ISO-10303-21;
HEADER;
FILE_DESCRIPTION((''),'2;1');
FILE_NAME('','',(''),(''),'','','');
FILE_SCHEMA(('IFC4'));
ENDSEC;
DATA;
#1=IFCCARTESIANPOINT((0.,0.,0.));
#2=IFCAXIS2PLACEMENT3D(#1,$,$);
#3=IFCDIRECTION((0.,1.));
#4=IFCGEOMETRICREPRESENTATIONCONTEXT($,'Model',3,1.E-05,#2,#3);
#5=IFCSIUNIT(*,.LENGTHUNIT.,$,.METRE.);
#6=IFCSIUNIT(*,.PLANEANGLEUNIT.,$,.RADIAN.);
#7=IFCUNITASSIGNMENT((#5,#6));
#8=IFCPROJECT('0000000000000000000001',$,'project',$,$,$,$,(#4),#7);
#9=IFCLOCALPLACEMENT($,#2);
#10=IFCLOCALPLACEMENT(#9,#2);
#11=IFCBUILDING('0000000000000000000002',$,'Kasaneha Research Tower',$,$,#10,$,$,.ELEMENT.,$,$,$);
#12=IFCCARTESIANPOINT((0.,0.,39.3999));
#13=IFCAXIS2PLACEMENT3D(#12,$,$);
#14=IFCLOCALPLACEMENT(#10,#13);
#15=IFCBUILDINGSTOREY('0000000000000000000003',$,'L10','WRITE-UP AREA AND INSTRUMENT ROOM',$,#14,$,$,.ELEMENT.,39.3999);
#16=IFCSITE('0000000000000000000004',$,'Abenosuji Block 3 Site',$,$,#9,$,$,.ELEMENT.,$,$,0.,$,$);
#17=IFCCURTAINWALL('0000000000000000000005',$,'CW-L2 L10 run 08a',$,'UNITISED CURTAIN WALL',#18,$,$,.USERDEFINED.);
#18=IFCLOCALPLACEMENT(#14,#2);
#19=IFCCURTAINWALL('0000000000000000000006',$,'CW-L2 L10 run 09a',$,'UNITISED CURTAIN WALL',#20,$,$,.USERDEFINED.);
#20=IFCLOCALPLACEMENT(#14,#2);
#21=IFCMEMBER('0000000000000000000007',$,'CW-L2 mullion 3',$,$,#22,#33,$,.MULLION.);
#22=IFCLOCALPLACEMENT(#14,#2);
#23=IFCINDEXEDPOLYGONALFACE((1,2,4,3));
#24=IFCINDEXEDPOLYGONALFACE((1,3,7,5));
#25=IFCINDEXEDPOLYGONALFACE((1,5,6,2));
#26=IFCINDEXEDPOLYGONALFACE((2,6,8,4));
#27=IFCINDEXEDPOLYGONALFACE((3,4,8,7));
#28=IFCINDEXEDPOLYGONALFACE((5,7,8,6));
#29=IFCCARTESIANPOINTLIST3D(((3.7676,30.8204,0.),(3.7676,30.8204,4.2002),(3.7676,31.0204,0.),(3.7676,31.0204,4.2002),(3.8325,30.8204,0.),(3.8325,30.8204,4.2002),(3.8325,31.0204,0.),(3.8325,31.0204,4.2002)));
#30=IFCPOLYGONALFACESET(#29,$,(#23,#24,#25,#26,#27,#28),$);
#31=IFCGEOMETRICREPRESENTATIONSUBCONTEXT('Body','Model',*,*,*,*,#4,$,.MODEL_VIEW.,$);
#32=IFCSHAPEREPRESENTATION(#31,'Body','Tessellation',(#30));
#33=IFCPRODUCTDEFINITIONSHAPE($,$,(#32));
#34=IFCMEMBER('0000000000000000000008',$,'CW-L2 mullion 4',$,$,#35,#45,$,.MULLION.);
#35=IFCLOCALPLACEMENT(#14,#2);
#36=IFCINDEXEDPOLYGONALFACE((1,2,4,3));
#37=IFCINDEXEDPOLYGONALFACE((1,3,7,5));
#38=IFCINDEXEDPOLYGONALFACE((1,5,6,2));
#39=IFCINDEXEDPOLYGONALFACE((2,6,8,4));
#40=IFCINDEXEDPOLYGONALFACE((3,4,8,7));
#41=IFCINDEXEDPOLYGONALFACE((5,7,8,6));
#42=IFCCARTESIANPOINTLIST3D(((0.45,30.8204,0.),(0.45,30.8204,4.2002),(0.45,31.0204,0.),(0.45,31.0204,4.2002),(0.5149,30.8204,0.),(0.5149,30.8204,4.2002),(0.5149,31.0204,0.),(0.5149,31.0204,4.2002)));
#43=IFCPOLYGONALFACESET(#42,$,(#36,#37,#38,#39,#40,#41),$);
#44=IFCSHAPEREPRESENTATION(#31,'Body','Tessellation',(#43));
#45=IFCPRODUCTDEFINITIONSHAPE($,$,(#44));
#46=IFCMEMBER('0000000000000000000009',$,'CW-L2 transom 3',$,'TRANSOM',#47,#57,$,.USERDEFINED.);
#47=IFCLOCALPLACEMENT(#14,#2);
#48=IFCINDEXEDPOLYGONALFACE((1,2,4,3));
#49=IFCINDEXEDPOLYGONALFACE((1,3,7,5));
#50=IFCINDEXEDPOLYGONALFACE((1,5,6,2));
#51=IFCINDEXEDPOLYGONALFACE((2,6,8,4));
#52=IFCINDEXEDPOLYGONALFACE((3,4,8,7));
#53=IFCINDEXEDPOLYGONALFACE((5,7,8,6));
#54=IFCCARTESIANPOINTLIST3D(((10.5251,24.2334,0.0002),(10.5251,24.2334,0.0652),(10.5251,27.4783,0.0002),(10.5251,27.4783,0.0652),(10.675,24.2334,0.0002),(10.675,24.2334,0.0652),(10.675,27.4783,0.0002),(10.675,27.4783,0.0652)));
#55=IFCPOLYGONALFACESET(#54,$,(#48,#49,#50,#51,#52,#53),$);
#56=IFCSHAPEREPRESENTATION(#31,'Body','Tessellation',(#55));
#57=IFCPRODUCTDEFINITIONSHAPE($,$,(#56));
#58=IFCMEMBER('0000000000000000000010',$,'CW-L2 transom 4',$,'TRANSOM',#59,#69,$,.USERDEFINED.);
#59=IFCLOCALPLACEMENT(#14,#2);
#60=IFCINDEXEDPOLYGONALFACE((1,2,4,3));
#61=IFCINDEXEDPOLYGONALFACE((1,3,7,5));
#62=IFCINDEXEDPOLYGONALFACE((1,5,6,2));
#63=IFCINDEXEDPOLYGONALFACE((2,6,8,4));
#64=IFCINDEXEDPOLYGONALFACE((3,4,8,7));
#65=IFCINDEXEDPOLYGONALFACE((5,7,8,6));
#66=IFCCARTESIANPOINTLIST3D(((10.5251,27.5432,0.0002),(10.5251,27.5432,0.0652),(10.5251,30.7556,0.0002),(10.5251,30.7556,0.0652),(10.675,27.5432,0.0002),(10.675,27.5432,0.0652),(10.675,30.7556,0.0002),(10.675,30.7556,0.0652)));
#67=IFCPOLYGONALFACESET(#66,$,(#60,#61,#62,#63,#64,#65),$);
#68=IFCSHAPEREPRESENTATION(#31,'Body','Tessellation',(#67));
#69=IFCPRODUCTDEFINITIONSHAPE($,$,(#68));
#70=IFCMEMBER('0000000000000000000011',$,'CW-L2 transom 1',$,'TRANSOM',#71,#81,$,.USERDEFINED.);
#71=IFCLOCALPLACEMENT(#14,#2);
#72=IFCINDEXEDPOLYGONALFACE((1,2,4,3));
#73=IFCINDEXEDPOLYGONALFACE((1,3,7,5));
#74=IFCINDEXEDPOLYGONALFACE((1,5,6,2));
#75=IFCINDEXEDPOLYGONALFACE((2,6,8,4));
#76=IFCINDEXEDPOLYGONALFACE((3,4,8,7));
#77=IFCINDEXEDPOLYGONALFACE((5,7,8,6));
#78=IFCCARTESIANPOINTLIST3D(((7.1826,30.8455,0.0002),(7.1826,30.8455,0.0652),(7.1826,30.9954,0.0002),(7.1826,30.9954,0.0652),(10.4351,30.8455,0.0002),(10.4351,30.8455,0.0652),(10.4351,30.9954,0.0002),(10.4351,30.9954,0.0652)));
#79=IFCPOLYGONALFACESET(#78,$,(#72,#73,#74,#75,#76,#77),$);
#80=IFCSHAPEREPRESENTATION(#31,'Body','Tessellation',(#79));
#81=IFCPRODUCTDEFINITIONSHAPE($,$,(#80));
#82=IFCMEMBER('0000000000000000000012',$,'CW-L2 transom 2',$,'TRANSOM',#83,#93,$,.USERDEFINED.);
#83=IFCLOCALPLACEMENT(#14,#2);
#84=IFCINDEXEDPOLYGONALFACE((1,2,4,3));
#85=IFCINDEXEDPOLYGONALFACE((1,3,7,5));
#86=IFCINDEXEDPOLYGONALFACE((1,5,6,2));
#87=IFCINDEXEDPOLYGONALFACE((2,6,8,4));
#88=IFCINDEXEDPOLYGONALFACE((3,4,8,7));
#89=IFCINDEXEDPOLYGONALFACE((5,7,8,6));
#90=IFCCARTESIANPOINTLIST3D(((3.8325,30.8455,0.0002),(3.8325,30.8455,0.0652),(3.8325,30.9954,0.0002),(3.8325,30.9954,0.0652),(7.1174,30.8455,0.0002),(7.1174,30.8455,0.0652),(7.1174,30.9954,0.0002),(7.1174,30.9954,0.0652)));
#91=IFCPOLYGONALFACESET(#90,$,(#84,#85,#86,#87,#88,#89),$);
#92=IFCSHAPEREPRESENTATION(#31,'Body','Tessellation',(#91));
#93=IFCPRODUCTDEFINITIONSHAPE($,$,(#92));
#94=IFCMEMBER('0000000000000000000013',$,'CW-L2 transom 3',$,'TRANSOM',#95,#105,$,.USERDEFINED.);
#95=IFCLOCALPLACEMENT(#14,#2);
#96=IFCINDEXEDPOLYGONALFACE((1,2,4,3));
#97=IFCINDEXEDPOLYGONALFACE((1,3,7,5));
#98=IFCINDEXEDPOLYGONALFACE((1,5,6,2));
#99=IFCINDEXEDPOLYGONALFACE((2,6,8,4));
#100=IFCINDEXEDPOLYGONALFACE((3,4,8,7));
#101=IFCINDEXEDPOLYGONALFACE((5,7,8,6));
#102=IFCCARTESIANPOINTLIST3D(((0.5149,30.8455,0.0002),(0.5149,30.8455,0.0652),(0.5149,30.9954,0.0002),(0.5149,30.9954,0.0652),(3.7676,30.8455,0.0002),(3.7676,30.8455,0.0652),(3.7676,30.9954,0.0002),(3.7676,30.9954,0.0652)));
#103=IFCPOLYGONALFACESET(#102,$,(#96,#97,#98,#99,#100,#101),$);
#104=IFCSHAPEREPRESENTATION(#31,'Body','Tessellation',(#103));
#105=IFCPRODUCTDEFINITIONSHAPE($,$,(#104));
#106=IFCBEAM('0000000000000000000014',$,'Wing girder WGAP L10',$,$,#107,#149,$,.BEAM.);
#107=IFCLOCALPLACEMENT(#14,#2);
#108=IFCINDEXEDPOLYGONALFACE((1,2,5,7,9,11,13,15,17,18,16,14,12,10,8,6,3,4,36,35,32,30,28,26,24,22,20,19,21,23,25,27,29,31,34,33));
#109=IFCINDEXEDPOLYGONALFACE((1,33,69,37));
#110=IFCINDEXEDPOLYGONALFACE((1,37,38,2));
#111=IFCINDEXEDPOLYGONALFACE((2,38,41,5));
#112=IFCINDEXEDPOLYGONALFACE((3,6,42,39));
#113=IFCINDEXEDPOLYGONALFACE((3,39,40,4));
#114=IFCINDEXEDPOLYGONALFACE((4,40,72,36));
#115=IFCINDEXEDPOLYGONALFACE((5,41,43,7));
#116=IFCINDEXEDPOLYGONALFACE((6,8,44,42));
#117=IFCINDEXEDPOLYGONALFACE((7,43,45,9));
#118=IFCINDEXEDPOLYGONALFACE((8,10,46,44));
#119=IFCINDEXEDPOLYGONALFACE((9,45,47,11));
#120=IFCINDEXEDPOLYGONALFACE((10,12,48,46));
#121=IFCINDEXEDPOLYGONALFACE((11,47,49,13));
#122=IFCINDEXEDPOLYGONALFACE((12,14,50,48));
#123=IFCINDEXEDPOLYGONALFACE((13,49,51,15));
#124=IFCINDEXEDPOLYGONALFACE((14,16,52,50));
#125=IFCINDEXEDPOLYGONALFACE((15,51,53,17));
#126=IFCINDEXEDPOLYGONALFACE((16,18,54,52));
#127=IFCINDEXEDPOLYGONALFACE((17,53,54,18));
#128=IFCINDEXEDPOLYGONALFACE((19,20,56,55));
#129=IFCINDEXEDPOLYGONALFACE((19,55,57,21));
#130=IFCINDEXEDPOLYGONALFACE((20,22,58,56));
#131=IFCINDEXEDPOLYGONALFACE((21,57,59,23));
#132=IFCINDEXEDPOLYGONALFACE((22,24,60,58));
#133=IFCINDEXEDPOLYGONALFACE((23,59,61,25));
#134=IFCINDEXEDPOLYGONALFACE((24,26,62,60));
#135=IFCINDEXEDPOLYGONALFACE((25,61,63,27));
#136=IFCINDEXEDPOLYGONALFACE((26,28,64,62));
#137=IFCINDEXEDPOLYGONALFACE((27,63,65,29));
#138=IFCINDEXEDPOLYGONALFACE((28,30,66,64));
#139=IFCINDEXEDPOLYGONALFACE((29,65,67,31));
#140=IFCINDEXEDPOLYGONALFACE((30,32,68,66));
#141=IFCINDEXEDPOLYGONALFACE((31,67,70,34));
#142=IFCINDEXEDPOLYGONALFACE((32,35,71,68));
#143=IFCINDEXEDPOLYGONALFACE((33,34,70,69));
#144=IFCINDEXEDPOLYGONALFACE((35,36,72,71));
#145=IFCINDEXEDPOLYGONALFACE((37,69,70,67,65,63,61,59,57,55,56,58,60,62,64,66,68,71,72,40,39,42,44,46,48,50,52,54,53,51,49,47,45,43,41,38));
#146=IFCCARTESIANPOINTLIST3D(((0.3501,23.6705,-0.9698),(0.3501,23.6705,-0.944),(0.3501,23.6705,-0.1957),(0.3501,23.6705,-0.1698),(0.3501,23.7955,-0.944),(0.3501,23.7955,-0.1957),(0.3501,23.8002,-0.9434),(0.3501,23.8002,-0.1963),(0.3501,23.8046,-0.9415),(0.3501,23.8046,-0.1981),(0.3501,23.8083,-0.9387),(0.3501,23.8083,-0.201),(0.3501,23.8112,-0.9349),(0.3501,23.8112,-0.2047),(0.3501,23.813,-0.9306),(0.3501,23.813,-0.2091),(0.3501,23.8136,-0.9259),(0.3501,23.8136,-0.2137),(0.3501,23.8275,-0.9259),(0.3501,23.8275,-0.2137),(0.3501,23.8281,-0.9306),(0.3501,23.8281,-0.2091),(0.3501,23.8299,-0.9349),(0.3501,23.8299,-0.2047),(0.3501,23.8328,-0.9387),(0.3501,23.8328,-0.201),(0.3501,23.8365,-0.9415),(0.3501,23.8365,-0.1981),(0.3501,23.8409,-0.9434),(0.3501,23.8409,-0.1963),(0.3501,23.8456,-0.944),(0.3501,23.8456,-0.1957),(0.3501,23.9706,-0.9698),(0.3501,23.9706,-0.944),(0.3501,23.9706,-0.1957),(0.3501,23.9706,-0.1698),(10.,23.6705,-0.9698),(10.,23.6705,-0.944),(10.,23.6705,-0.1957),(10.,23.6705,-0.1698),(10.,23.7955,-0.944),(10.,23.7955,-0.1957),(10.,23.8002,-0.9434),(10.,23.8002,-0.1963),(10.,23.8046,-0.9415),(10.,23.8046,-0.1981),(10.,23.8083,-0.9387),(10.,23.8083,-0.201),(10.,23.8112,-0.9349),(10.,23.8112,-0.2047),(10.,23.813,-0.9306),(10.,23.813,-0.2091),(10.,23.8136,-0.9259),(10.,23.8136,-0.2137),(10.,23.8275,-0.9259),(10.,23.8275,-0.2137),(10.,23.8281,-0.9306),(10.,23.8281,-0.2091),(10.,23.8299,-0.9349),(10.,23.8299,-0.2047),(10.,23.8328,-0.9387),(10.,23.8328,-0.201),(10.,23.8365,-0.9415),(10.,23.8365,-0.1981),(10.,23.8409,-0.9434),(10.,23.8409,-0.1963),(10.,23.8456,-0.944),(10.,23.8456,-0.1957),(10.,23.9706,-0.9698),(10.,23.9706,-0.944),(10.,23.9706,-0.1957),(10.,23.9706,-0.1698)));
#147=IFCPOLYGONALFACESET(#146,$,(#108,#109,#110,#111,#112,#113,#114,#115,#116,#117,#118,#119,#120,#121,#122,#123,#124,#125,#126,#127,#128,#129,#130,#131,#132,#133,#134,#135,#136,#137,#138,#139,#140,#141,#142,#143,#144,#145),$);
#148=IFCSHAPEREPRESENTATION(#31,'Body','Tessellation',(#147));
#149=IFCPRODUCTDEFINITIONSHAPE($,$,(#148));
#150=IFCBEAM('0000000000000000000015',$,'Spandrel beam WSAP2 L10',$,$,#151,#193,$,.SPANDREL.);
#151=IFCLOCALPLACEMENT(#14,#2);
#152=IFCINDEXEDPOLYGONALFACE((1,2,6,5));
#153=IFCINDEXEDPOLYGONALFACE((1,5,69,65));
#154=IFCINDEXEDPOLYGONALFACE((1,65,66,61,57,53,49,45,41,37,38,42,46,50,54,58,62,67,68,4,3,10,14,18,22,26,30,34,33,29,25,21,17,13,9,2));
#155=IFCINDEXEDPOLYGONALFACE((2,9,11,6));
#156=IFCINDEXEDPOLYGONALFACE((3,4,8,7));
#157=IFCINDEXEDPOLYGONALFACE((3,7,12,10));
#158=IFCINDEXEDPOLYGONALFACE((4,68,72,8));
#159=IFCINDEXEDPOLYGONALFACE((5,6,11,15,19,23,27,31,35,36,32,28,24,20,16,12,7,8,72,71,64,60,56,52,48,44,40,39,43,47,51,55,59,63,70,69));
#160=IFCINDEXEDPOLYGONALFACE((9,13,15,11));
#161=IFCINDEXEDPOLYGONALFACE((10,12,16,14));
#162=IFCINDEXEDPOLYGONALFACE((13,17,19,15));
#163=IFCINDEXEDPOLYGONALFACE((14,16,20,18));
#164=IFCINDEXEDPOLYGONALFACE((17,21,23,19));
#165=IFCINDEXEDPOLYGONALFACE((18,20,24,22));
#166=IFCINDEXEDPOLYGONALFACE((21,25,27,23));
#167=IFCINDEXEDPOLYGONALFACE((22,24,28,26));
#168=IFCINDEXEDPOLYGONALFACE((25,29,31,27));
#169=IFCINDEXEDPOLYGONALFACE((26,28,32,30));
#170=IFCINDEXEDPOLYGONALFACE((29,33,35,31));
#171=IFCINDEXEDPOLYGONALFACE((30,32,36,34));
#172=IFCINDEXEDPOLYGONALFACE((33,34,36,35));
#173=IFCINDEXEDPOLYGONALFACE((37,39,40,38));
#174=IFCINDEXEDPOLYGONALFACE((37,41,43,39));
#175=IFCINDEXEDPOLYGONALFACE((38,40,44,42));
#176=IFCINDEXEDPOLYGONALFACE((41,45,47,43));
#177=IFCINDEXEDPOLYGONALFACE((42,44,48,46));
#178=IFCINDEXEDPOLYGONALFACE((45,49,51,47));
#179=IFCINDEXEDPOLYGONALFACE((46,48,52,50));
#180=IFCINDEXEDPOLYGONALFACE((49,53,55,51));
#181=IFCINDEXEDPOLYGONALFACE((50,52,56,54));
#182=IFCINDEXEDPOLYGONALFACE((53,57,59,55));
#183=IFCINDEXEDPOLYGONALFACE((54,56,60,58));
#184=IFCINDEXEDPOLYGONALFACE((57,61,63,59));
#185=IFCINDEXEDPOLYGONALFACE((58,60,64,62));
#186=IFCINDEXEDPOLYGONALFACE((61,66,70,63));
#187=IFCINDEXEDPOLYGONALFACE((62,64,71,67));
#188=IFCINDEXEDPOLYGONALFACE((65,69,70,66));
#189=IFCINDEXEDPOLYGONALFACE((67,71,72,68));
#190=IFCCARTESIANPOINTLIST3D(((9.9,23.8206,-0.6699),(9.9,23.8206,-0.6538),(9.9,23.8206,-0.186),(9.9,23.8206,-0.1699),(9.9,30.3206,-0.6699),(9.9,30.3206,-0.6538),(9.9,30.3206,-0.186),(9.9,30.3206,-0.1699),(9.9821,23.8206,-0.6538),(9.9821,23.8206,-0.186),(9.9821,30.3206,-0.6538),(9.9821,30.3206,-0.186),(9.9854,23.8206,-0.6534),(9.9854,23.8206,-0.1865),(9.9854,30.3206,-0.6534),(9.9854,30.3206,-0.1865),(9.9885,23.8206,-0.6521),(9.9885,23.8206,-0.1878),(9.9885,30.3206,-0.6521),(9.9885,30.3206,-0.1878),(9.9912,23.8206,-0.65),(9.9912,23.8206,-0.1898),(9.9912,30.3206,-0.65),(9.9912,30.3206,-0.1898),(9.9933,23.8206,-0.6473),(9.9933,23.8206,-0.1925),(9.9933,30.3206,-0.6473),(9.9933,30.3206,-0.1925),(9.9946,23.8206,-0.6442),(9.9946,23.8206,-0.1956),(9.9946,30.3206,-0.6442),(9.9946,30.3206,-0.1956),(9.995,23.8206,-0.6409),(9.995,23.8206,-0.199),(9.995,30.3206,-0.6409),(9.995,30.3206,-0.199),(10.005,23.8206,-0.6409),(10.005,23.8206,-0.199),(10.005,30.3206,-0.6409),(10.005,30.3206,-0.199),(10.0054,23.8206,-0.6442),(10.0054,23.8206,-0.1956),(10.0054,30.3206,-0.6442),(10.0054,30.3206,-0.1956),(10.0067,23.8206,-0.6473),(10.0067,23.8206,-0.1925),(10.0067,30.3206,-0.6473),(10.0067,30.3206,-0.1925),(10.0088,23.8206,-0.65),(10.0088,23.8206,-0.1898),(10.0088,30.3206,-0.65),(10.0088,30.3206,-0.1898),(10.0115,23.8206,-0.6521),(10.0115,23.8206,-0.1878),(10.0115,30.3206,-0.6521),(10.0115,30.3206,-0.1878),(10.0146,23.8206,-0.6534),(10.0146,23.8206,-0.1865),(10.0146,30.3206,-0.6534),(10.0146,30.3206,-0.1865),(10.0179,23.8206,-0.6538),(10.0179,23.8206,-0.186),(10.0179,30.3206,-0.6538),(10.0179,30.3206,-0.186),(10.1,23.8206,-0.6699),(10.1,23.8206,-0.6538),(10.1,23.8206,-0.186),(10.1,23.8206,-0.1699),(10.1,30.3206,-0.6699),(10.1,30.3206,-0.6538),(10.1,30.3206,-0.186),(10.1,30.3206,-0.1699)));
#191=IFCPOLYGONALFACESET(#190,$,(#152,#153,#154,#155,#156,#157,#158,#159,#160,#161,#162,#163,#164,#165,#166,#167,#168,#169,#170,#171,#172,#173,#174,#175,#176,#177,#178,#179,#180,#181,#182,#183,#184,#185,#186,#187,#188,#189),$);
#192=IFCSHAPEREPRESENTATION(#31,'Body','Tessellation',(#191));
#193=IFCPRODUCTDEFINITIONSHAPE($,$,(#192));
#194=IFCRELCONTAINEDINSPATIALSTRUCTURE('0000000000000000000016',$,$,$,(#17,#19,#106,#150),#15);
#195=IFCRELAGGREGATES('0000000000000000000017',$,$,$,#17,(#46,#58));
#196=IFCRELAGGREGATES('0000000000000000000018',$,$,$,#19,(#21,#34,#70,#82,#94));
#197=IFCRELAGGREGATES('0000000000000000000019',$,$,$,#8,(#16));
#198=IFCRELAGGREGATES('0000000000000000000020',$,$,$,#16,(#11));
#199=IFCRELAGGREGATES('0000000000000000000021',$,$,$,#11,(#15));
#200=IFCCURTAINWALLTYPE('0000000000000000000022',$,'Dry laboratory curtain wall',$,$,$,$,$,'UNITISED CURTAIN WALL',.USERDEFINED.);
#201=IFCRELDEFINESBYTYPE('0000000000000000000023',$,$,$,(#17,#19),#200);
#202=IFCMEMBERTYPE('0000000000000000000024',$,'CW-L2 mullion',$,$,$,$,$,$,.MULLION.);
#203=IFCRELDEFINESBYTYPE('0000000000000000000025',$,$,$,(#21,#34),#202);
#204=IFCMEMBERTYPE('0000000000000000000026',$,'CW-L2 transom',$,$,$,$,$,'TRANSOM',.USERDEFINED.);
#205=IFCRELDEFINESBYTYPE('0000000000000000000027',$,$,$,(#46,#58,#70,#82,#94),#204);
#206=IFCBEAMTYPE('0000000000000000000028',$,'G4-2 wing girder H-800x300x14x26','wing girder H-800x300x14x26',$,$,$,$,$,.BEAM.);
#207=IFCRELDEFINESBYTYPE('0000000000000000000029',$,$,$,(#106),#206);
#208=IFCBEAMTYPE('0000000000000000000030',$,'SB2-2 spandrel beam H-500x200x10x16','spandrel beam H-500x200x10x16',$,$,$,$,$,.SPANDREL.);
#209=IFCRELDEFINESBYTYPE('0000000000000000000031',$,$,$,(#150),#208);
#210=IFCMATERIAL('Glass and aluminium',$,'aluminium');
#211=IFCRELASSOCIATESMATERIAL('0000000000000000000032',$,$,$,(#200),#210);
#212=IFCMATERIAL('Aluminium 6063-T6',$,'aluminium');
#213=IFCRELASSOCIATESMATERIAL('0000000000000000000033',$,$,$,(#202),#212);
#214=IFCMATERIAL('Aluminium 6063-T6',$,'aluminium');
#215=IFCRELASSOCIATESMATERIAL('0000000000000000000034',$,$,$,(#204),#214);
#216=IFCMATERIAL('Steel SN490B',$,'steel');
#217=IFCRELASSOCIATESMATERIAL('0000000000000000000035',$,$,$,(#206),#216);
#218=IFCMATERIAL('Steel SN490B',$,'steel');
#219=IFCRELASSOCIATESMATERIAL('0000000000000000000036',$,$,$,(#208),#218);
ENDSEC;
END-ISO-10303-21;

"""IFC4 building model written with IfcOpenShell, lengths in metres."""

from ifc_helpers import new_model, si_unit, direction, frame, origin, origin_2d, place, context, subcontext, project, spatial, rectangle, i_section, extrude, material, material_profile, profile_set, type_object, element, aggregate, save


model = new_model("IFC4")

# Units and contexts
model_context = context("Model", 3, precision=1e-05, world=origin(), true_north=direction((0.0, 1.0)))
body_context = subcontext(model_context, "Body", "Model", "MODEL_VIEW")
ifc_project = project(units=[si_unit("LENGTHUNIT", "METRE"), si_unit("PLANEANGLEUNIT", "RADIAN")], contexts=[model_context])

# Site, building, storey
site_placement = place(None, origin())
site = spatial("IfcSite", under=ifc_project, at=site_placement, Name="Abenosuji Block 3 Site", CompositionType="ELEMENT", RefElevation=0.0)
building_placement = place(site_placement, origin())
building = spatial("IfcBuilding", under=site, at=building_placement, Name="Kasaneha Research Tower", CompositionType="ELEMENT")
storey_placement = place(building_placement, frame((0.0, 0.0, 39.3999)))
storey = spatial("IfcBuildingStorey", under=building, at=storey_placement, Name="L10", Description="WRITE-UP AREA AND INSTRUMENT ROOM", CompositionType="ELEMENT", Elevation=39.3999)

# Curtain walls, members
ifc_material_1 = material(Name="Glass and aluminium", Category="aluminium")
curtain_wall_type = type_object("IfcCurtainWallType", Name="Dry laboratory curtain wall", ElementType="UNITISED CURTAIN WALL", PredefinedType="USERDEFINED", material=ifc_material_1)
curtain_wall_1_placement = place(storey_placement, origin())
curtain_wall_1 = element("IfcCurtainWall", 1, at=curtain_wall_1_placement, inside=storey, type_object=curtain_wall_type, Name="CW-L2 L10 run 08a", ObjectType="UNITISED CURTAIN WALL", PredefinedType="USERDEFINED")
ifc_material_2 = material(Name="Aluminium 6063-T6", Category="aluminium")
ifc_material_profile_1 = material_profile(ifc_material_2, rectangle(XDim=0.0649, YDim=0.2, at=origin_2d()), Name="CW-L2 mullion 65x200")
ifc_profile_set_1 = profile_set([ifc_material_profile_1], Name="Aluminium 6063-T6")
member_type_1 = type_object("IfcMemberType", Name="CW-L2 mullion", PredefinedType="MULLION", material=ifc_profile_set_1)
curtain_wall_2_placement = place(storey_placement, origin())
curtain_wall_2 = element("IfcCurtainWall", 2, at=curtain_wall_2_placement, inside=storey, type_object=curtain_wall_type, Name="CW-L2 L10 run 09a", ObjectType="UNITISED CURTAIN WALL", PredefinedType="USERDEFINED")
member_1_placement = place(storey_placement, frame((3.8, 30.9204, 0.0), z_axis=(0.0, 0.0, 1.0), x_axis=(-1.0, 0.0, 0.0)))
member_1 = element("IfcMember", 3, at=member_1_placement, type_object=member_type_1, Name="CW-L2 mullion 3", PredefinedType="MULLION", context=body_context, shape_type="SweptSolid", body=[
    extrude(rectangle(XDim=0.0649, YDim=0.2, at=origin_2d()), origin(), (0.0, 0.0, 1.0), 4.2002),
])
member_2_placement = place(storey_placement, frame((0.4824, 30.9204, 0.0), z_axis=(0.0, 0.0, 1.0), x_axis=(-1.0, 0.0, 0.0)))
member_2 = element("IfcMember", 4, at=member_2_placement, type_object=member_type_1, Name="CW-L2 mullion 4", PredefinedType="MULLION", context=body_context, shape_type="SweptSolid", body=[
    extrude(rectangle(XDim=0.0649, YDim=0.2, at=origin_2d()), origin(), (0.0, 0.0, 1.0), 4.2002),
])

# Members
ifc_material_3 = material(Name="Aluminium 6063-T6", Category="aluminium")
ifc_material_profile_2 = material_profile(ifc_material_3, rectangle(XDim=0.1499, YDim=0.0649, at=origin_2d()), Name="CW-L2 transom 150x65")
ifc_profile_set_2 = profile_set([ifc_material_profile_2], Name="Aluminium 6063-T6")
member_type_2 = type_object("IfcMemberType", Name="CW-L2 transom", ElementType="TRANSOM", PredefinedType="USERDEFINED", material=ifc_profile_set_2)
member_3_placement = place(storey_placement, frame((10.6001, 24.2334, 0.0327), z_axis=(0.0, 1.0, 0.0), x_axis=(-1.0, 0.0, 0.0)))
member_3 = element("IfcMember", 5, at=member_3_placement, type_object=member_type_2, Name="CW-L2 transom 3", ObjectType="TRANSOM", PredefinedType="USERDEFINED", context=body_context, shape_type="SweptSolid", body=[
    extrude(rectangle(XDim=0.1499, YDim=0.0649, at=origin_2d()), origin(), (0.0, 0.0, 1.0), 3.2449),
])
member_4_placement = place(storey_placement, frame((10.6001, 27.5432, 0.0327), z_axis=(0.0, 1.0, 0.0), x_axis=(-1.0, 0.0, 0.0)))
member_4 = element("IfcMember", 6, at=member_4_placement, type_object=member_type_2, Name="CW-L2 transom 4", ObjectType="TRANSOM", PredefinedType="USERDEFINED", context=body_context, shape_type="SweptSolid", body=[
    extrude(rectangle(XDim=0.1499, YDim=0.0649, at=origin_2d()), origin(), (0.0, 0.0, 1.0), 3.2124),
])
member_5_placement = place(storey_placement, frame((10.4351, 30.9204, 0.0327), z_axis=(-1.0, 0.0, 0.0), x_axis=(0.0, -1.0, 0.0)))
member_5 = element("IfcMember", 7, at=member_5_placement, type_object=member_type_2, Name="CW-L2 transom 1", ObjectType="TRANSOM", PredefinedType="USERDEFINED", context=body_context, shape_type="SweptSolid", body=[
    extrude(rectangle(XDim=0.1499, YDim=0.0649, at=origin_2d()), origin(), (0.0, 0.0, 1.0), 3.2524),
])
member_6_placement = place(storey_placement, frame((7.1174, 30.9204, 0.0327), z_axis=(-1.0, 0.0, 0.0), x_axis=(0.0, -1.0, 0.0)))
member_6 = element("IfcMember", 8, at=member_6_placement, type_object=member_type_2, Name="CW-L2 transom 2", ObjectType="TRANSOM", PredefinedType="USERDEFINED", context=body_context, shape_type="SweptSolid", body=[
    extrude(rectangle(XDim=0.1499, YDim=0.0649, at=origin_2d()), origin(), (0.0, 0.0, 1.0), 3.2849),
])
member_7_placement = place(storey_placement, frame((3.7676, 30.9204, 0.0327), z_axis=(-1.0, 0.0, 0.0), x_axis=(0.0, -1.0, 0.0)))
member_7 = element("IfcMember", 9, at=member_7_placement, type_object=member_type_2, Name="CW-L2 transom 3", ObjectType="TRANSOM", PredefinedType="USERDEFINED", context=body_context, shape_type="SweptSolid", body=[
    extrude(rectangle(XDim=0.1499, YDim=0.0649, at=origin_2d()), origin(), (0.0, 0.0, 1.0), 3.2527),
])

# Beams
ifc_material_4 = material(Name="Steel SN490B", Category="steel")
ifc_material_profile_3 = material_profile(ifc_material_4, i_section(OverallWidth=0.3, OverallDepth=0.8, WebThickness=0.0139, FlangeThickness=0.0259, FilletRadius=0.0181, at=origin_2d()), Name="H-800x300x14x26")
ifc_profile_set_3 = profile_set([ifc_material_profile_3], Name="Steel SN490B")
beam_type_1 = type_object("IfcBeamType", Name="G4-2 wing girder H-800x300x14x26", Description="wing girder H-800x300x14x26", PredefinedType="BEAM", material=ifc_profile_set_3)
beam_1_placement = place(storey_placement, frame((10.0, 23.8206, -0.5698), z_axis=(-1.0, 0.0, 0.0), x_axis=(0.0, -1.0, 0.0)))
element("IfcBeam", 10, at=beam_1_placement, inside=storey, type_object=beam_type_1, Name="Wing girder WGAP L10", PredefinedType="BEAM", context=body_context, shape_type="SweptSolid", body=[
    extrude(i_section(OverallWidth=0.3, OverallDepth=0.8, WebThickness=0.0139, FlangeThickness=0.0259, FilletRadius=0.0181, at=origin_2d()), origin(), (0.0, 0.0, 1.0), 9.6499),
])
ifc_material_5 = material(Name="Steel SN490B", Category="steel")
ifc_material_profile_4 = material_profile(ifc_material_5, i_section(OverallWidth=0.2, OverallDepth=0.5, WebThickness=0.01, FlangeThickness=0.0161, FilletRadius=0.0129, at=origin_2d()), Name="H-500x200x10x16")
ifc_profile_set_4 = profile_set([ifc_material_profile_4], Name="Steel SN490B")
beam_type_2 = type_object("IfcBeamType", Name="SB2-2 spandrel beam H-500x200x10x16", Description="spandrel beam H-500x200x10x16", PredefinedType="SPANDREL", material=ifc_profile_set_4)
beam_2_placement = place(storey_placement, frame((10.0, 23.8206, -0.4199), z_axis=(0.0, 1.0, 0.0), x_axis=(-1.0, 0.0, 0.0)))
element("IfcBeam", 11, at=beam_2_placement, inside=storey, type_object=beam_type_2, Name="Spandrel beam WSAP2 L10", PredefinedType="SPANDREL", context=body_context, shape_type="SweptSolid", body=[
    extrude(i_section(OverallWidth=0.2, OverallDepth=0.5, WebThickness=0.01, FlangeThickness=0.0161, FilletRadius=0.0129, at=origin_2d()), origin(), (0.0, 0.0, 1.0), 6.5),
])

aggregate(curtain_wall_1, [member_3, member_4])
aggregate(curtain_wall_2, [member_1, member_2, member_5, member_6, member_7])

save(model, "model.ifc")
